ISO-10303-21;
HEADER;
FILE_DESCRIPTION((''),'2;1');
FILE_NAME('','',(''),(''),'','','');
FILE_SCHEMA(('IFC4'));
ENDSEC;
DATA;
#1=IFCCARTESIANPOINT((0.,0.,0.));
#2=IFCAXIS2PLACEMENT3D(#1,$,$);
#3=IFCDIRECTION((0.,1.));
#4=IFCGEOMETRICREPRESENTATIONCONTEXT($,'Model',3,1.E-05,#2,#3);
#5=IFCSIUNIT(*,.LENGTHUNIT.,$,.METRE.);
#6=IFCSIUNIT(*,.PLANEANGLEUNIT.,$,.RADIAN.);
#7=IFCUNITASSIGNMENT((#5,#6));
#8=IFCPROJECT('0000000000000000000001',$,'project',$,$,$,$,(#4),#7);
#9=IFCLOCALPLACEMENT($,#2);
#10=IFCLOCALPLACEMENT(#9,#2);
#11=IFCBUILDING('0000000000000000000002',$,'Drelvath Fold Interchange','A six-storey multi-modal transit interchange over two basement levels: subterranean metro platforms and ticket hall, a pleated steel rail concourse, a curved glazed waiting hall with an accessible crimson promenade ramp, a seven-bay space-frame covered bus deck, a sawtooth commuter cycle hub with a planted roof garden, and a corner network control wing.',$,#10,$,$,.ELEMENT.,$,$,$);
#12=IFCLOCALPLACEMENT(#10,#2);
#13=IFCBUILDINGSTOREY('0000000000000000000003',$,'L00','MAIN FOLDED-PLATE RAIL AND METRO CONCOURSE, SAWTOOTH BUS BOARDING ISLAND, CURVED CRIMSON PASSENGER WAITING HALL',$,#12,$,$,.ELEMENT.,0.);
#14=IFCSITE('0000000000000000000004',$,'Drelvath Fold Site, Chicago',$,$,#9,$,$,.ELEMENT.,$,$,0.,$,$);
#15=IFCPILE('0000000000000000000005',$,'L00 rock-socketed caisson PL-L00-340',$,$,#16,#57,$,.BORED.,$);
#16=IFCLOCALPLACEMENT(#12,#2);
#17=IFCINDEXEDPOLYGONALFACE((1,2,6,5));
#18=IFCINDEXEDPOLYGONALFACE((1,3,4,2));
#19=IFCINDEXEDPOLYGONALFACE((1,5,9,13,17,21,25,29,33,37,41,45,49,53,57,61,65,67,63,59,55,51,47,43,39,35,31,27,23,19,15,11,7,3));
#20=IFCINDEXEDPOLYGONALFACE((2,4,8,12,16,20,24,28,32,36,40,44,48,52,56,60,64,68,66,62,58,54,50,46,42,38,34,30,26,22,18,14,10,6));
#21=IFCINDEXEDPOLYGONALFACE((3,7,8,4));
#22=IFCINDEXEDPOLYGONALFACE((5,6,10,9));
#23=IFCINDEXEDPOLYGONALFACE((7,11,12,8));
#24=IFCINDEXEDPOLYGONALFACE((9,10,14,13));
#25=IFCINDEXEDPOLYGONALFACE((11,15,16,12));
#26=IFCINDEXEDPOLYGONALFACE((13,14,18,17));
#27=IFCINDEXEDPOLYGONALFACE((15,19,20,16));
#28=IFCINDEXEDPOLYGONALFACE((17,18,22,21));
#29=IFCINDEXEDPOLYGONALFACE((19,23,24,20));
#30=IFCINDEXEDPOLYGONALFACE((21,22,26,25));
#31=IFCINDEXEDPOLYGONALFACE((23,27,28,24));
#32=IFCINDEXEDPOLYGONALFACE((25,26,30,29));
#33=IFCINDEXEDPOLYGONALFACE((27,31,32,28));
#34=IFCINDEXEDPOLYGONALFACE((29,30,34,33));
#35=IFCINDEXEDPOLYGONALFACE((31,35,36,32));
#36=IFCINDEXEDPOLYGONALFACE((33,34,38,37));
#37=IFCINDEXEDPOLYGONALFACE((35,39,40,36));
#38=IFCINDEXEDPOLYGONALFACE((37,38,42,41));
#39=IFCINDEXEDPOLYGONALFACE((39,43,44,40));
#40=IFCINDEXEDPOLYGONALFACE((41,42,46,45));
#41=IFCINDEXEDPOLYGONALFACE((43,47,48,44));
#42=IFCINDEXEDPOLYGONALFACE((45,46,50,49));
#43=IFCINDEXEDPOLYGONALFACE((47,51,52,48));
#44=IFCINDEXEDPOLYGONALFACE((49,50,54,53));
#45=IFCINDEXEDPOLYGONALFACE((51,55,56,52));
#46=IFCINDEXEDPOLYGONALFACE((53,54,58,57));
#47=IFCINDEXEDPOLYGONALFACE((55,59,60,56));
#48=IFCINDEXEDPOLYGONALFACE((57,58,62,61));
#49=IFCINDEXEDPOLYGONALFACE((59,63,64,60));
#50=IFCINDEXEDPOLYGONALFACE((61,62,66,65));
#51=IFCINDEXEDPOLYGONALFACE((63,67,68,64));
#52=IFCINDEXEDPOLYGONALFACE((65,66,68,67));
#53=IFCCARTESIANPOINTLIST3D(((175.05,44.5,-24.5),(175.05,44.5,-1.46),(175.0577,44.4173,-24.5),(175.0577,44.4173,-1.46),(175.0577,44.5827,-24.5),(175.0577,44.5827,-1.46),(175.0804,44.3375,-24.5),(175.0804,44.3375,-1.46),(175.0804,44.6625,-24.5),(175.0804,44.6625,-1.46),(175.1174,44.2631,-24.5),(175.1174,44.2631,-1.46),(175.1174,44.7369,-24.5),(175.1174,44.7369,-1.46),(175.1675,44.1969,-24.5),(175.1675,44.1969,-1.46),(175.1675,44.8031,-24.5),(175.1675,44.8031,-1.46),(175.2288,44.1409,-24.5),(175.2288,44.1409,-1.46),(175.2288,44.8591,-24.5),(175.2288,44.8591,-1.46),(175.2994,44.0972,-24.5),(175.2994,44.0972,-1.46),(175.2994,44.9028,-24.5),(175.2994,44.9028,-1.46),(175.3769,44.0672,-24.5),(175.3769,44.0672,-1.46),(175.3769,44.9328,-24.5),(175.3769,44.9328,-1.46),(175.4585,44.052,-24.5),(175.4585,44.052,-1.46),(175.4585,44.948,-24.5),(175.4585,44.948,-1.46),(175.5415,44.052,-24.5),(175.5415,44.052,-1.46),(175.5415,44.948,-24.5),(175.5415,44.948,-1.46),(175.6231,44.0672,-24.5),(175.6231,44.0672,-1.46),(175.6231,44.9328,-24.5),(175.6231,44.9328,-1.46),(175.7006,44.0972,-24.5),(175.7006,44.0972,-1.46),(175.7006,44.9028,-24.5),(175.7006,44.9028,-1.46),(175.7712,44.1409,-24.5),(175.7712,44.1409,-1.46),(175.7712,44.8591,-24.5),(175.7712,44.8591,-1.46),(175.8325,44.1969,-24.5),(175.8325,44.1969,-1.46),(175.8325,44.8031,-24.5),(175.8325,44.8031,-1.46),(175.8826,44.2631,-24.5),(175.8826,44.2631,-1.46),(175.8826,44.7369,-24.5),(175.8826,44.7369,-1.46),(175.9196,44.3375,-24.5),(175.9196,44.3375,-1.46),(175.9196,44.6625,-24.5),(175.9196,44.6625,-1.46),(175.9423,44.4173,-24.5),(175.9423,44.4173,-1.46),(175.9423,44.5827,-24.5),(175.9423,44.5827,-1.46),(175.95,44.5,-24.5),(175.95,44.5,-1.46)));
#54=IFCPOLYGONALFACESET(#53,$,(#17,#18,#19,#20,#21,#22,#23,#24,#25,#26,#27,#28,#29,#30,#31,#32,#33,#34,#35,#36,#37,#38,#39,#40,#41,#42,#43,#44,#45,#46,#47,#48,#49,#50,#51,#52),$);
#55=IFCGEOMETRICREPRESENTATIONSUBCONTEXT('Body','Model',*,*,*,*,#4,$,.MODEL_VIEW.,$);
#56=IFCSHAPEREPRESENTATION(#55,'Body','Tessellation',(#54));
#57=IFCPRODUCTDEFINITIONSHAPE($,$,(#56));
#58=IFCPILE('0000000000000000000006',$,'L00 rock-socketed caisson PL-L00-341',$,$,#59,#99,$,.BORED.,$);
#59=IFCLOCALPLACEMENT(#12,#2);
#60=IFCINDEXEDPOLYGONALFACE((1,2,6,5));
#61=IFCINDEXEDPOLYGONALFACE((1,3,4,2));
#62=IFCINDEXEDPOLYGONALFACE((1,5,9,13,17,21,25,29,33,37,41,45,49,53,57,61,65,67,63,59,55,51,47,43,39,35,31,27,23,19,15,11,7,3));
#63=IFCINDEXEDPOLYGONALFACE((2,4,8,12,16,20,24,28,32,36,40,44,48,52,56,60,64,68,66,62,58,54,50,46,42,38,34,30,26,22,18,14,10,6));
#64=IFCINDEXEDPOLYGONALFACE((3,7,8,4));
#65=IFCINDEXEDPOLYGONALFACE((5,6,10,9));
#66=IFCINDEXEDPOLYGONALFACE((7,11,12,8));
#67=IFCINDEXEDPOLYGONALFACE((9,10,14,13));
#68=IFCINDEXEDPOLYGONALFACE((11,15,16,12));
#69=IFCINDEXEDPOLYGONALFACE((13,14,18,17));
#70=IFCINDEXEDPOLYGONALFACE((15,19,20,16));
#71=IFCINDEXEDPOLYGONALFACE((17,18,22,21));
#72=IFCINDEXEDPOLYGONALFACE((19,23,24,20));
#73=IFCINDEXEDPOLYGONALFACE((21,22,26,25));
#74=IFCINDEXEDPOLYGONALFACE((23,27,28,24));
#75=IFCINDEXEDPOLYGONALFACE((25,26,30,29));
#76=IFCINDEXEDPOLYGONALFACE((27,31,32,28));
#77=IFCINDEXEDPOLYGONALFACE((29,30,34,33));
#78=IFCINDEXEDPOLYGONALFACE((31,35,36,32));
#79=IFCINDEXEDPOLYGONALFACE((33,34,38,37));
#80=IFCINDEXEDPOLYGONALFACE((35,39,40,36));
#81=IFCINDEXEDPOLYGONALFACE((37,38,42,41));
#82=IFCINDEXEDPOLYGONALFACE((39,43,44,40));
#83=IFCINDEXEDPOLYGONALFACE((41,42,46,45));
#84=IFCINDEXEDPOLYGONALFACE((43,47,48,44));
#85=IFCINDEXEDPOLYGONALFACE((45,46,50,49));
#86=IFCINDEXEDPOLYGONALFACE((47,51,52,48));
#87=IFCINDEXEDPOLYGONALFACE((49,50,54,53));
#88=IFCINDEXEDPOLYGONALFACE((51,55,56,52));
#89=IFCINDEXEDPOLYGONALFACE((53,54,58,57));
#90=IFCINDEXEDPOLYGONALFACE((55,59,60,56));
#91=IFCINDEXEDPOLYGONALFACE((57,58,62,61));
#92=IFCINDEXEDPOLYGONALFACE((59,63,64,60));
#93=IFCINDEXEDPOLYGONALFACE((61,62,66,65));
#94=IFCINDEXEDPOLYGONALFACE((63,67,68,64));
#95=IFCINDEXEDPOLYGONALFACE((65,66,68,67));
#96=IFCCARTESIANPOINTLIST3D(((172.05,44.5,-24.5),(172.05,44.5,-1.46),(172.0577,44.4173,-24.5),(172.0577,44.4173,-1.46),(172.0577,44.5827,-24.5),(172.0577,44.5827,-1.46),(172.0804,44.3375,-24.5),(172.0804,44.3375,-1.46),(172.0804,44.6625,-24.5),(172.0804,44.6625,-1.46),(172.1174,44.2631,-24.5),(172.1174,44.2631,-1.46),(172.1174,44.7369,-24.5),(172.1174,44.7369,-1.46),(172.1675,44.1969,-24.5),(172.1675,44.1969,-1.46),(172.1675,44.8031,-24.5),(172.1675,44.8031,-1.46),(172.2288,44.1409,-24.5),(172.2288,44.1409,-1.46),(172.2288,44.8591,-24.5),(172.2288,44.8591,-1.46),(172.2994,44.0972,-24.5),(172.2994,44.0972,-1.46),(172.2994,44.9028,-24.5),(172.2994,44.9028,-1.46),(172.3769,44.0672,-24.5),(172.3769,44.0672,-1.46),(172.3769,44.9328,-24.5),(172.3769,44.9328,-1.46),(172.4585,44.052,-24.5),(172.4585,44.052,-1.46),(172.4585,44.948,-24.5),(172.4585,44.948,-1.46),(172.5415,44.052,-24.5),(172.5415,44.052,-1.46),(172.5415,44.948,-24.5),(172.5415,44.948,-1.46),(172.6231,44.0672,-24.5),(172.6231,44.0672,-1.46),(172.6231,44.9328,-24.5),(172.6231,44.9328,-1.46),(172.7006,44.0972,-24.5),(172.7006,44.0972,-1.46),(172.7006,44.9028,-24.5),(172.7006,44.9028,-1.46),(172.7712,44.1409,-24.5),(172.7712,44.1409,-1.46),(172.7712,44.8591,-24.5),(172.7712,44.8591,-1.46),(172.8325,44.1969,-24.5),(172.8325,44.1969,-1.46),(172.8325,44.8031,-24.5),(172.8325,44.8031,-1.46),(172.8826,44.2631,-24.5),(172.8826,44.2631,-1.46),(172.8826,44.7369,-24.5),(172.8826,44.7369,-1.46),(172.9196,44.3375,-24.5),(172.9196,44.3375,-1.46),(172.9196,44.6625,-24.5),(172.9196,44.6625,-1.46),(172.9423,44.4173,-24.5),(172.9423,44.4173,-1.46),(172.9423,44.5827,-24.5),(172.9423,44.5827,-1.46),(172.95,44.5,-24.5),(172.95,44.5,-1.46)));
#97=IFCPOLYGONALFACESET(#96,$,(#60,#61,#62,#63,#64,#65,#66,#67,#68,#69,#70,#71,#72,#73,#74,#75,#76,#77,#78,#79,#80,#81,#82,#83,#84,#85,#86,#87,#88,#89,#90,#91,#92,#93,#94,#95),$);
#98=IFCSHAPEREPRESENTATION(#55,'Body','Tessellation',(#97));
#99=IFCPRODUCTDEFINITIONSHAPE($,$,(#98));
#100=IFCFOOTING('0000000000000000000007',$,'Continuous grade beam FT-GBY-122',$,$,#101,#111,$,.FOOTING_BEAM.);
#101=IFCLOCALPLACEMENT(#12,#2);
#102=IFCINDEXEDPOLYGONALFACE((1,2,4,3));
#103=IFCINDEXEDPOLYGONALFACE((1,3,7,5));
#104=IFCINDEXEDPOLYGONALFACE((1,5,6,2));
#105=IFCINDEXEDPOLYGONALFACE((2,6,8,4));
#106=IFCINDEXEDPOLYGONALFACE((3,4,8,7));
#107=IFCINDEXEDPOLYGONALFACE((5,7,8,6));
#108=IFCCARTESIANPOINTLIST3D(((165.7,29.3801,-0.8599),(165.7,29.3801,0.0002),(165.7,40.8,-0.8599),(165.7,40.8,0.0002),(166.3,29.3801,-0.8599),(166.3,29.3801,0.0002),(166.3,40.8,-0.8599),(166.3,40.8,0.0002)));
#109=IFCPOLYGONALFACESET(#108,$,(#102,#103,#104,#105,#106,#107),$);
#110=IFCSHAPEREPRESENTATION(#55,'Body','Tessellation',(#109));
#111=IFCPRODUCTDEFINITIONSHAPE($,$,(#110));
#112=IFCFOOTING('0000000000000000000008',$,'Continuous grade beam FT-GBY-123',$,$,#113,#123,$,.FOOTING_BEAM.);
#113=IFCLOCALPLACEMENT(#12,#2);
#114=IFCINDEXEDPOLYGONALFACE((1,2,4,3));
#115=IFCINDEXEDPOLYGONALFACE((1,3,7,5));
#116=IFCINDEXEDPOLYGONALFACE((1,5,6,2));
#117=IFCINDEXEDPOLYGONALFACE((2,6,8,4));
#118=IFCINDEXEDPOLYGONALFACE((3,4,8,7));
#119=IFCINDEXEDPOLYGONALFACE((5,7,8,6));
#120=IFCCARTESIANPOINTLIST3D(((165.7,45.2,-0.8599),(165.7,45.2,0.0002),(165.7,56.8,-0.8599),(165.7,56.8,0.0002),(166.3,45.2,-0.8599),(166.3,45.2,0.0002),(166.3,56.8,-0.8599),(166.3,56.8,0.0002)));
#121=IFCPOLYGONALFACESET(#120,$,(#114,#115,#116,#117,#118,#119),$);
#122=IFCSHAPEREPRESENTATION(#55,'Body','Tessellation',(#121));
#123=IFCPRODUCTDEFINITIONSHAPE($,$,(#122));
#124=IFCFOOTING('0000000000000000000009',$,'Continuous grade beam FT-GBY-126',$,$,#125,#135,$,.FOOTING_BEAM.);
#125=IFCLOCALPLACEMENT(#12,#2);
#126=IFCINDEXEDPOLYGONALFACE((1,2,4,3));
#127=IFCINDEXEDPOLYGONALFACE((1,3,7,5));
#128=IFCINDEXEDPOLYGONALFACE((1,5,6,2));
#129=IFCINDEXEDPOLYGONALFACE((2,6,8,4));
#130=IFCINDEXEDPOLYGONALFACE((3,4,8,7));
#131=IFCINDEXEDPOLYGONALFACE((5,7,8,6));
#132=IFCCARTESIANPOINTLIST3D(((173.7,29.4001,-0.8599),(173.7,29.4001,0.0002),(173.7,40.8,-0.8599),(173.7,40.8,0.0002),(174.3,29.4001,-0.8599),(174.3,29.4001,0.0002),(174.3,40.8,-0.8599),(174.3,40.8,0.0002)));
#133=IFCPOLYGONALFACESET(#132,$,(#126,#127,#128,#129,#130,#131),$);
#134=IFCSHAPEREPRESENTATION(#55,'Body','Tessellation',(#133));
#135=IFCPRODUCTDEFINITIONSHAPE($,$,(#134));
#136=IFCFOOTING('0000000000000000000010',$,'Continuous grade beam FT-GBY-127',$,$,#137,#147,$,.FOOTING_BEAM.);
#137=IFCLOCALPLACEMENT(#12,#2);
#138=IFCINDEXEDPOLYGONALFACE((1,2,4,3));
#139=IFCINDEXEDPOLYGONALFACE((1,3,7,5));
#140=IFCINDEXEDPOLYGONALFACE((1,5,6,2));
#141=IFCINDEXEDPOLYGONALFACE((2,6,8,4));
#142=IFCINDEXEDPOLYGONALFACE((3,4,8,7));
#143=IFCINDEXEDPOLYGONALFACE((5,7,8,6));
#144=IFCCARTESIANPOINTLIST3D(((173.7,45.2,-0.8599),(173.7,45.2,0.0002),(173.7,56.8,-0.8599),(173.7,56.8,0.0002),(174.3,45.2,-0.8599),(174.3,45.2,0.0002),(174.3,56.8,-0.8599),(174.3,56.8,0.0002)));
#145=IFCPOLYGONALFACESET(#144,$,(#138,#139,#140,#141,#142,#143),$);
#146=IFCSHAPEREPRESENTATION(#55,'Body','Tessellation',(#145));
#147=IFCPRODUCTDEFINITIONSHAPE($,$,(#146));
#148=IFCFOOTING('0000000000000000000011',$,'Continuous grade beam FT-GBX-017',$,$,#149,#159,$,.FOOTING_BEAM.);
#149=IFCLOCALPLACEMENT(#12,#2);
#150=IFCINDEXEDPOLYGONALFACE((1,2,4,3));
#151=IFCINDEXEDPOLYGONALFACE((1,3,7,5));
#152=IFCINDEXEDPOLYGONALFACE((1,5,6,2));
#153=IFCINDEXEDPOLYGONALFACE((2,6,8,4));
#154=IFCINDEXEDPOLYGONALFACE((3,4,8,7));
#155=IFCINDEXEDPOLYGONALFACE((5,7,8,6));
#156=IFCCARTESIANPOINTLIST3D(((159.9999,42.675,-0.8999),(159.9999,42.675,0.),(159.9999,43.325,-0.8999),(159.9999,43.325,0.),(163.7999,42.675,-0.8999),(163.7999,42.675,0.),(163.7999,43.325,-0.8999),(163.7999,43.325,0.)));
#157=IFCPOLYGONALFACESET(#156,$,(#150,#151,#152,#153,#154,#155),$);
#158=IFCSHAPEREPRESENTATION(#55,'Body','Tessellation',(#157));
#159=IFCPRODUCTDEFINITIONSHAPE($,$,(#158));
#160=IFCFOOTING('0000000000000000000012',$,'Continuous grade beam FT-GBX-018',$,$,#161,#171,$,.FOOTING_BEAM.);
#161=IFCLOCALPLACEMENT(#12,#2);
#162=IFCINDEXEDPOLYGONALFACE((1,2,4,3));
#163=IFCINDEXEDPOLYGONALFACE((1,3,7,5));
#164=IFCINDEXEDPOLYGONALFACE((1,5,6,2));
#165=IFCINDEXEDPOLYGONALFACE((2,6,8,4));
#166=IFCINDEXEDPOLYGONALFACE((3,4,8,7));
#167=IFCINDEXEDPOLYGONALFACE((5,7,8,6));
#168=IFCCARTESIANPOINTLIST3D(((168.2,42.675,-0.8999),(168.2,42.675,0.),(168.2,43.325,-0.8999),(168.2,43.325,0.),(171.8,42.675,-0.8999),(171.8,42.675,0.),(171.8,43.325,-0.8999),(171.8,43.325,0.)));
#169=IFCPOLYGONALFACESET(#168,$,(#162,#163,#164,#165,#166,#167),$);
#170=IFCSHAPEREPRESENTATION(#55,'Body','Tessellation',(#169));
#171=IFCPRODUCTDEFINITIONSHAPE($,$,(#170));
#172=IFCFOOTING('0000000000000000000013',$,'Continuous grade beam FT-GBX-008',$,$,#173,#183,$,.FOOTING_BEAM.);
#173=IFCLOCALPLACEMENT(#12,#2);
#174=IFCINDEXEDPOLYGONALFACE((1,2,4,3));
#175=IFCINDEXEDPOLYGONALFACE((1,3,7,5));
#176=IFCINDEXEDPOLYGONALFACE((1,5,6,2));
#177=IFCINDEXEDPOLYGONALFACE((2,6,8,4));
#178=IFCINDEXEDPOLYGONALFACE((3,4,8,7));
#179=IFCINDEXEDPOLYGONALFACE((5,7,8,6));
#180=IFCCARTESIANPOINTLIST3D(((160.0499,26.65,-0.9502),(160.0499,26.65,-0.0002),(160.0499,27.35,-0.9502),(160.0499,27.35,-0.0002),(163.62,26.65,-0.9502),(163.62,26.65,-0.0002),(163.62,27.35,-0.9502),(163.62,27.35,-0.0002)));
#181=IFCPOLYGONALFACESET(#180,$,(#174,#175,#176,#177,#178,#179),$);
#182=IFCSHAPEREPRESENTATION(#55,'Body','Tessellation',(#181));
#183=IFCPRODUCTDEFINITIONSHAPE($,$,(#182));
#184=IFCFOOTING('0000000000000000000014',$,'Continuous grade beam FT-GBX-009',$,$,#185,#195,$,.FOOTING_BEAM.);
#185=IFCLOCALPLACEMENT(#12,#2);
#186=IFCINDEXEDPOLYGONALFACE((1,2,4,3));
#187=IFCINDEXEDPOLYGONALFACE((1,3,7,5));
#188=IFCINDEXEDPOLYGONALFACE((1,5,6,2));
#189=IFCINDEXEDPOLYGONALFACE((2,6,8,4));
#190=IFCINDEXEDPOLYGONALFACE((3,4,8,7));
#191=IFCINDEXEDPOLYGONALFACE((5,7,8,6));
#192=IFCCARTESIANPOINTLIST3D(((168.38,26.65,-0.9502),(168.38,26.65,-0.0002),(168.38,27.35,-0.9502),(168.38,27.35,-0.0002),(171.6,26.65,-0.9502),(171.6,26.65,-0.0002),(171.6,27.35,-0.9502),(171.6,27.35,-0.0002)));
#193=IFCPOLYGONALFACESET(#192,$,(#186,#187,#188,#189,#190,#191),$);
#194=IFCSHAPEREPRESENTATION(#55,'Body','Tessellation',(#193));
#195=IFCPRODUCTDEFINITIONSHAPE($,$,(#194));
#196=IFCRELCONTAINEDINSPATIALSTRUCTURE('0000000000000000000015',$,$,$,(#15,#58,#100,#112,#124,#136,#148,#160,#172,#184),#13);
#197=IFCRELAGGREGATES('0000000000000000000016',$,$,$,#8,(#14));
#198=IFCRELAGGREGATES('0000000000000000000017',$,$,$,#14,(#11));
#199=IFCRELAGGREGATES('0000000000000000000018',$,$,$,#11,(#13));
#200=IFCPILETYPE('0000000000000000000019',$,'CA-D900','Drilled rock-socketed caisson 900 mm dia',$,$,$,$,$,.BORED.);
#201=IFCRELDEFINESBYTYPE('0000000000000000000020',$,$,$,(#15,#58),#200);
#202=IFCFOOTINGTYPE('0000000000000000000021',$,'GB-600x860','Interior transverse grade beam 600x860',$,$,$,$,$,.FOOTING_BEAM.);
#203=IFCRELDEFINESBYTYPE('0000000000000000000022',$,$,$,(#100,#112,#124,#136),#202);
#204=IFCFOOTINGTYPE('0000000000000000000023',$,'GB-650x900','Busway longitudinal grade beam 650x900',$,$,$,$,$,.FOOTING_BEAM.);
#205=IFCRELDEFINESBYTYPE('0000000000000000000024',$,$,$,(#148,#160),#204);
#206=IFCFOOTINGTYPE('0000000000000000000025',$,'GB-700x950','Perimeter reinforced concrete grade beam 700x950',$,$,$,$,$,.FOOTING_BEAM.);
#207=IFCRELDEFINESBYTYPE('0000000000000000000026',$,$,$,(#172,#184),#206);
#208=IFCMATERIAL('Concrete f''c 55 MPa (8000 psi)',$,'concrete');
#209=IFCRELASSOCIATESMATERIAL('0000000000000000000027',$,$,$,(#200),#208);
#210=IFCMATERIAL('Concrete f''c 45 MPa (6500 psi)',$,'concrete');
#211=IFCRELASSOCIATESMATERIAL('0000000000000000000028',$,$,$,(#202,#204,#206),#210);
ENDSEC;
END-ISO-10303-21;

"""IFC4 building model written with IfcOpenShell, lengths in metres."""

from ifc_helpers import new_model, si_unit, direction, frame, origin, origin_2d, place, context, subcontext, project, spatial, rectangle, circle, extrude, material, material_profile, profile_set, type_object, element, save


model = new_model("IFC4")

# Units and contexts
model_context = context("Model", 3, precision=1e-05, world=origin(), true_north=direction((0.0, 1.0)))
body_context = subcontext(model_context, "Body", "Model", "MODEL_VIEW")
ifc_project = project(units=[si_unit("LENGTHUNIT", "METRE"), si_unit("PLANEANGLEUNIT", "RADIAN")], contexts=[model_context])

# Site, building, storey
site_placement = place(None, origin())
site = spatial("IfcSite", under=ifc_project, at=site_placement, Name="Drelvath Fold Site, Chicago", CompositionType="ELEMENT", RefElevation=0.0)
building_placement = place(site_placement, origin())
building = spatial("IfcBuilding", under=site, at=building_placement, Name="Drelvath Fold Interchange", Description="A six-storey multi-modal transit interchange over two basement levels: subterranean metro platforms and ticket hall, a pleated steel rail concourse, a curved glazed waiting hall with an accessible crimson promenade ramp, a seven-bay space-frame covered bus deck, a sawtooth commuter cycle hub with a planted roof garden, and a corner network control wing.", CompositionType="ELEMENT")
storey_placement = place(building_placement, origin())
storey = spatial("IfcBuildingStorey", under=building, at=storey_placement, Name="L00", Description="MAIN FOLDED-PLATE RAIL AND METRO CONCOURSE, SAWTOOTH BUS BOARDING ISLAND, CURVED CRIMSON PASSENGER WAITING HALL", CompositionType="ELEMENT", Elevation=0.0)

# Piles
ifc_material_1 = material(Name="Concrete f'c 55 MPa (8000 psi)", Category="concrete")
ifc_material_profile_1 = material_profile(ifc_material_1, circle(Radius=0.45, at=origin_2d()), Name="CAISSON D900")
ifc_profile_set_1 = profile_set([ifc_material_profile_1], Name="Concrete f'c 55 MPa (8000 psi)")
pile_type_1 = type_object("IfcPileType", Name="CA-D900", Description="Drilled rock-socketed caisson 900 mm dia", PredefinedType="BORED", material=ifc_profile_set_1)
for number, where, z_axis, x_axis, name in (
    (1, (175.5, 44.5, -1.46), (0.0, 0.0, -1.0), (1.0, 0.0, 0.0), "L00 rock-socketed caisson PL-L00-340"),
    (2, (172.5, 44.5, -1.46), (0.0, 0.0, -1.0), (1.0, 0.0, 0.0), "L00 rock-socketed caisson PL-L00-341"),
):
    element("IfcPile", number, at=place(storey_placement, frame(where, z_axis=z_axis, x_axis=x_axis)), inside=storey, type_object=pile_type_1, Name=name, PredefinedType="BORED", context=body_context, shape_type="SweptSolid", body=[
        extrude(circle(Radius=0.45, at=origin_2d()), origin(), (0.0, 0.0, 1.0), 23.04),
    ])

# Footings
ifc_material_2 = material(Name="Concrete f'c 45 MPa (6500 psi)", Category="concrete")
footing_type_1 = type_object("IfcFootingType", Name="GB-600x860", Description="Interior transverse grade beam 600x860", PredefinedType="FOOTING_BEAM", material=ifc_material_2)
footing_1_placement = place(storey_placement, frame((166.0, 35.0901, -0.8599), z_axis=(0.0, 0.0, 1.0), x_axis=(1.0, 0.0, 0.0)))
element("IfcFooting", 3, at=footing_1_placement, inside=storey, type_object=footing_type_1, Name="Continuous grade beam FT-GBY-122", PredefinedType="FOOTING_BEAM", context=body_context, shape_type="SweptSolid", body=[
    extrude(rectangle(XDim=0.6001, YDim=11.4199, at=origin_2d()), origin(), (0.0, 0.0, 1.0), 0.8601),
])
footing_2_placement = place(storey_placement, frame((166.0, 51.0, -0.8599), z_axis=(0.0, 0.0, 1.0), x_axis=(1.0, 0.0, 0.0)))
element("IfcFooting", 4, at=footing_2_placement, inside=storey, type_object=footing_type_1, Name="Continuous grade beam FT-GBY-123", PredefinedType="FOOTING_BEAM", context=body_context, shape_type="SweptSolid", body=[
    extrude(rectangle(XDim=0.6001, YDim=11.6001, at=origin_2d()), origin(), (0.0, 0.0, 1.0), 0.8601),
])
footing_3_placement = place(storey_placement, frame((174.0, 35.1001, -0.8599), z_axis=(0.0, 0.0, 1.0), x_axis=(1.0, 0.0, 0.0)))
element("IfcFooting", 5, at=footing_3_placement, inside=storey, type_object=footing_type_1, Name="Continuous grade beam FT-GBY-126", PredefinedType="FOOTING_BEAM", context=body_context, shape_type="SweptSolid", body=[
    extrude(rectangle(XDim=0.6001, YDim=11.3999, at=origin_2d()), origin(), (0.0, 0.0, 1.0), 0.8601),
])
footing_4_placement = place(storey_placement, frame((174.0, 51.0, -0.8599), z_axis=(0.0, 0.0, 1.0), x_axis=(1.0, 0.0, 0.0)))
element("IfcFooting", 6, at=footing_4_placement, inside=storey, type_object=footing_type_1, Name="Continuous grade beam FT-GBY-127", PredefinedType="FOOTING_BEAM", context=body_context, shape_type="SweptSolid", body=[
    extrude(rectangle(XDim=0.6001, YDim=11.6001, at=origin_2d()), origin(), (0.0, 0.0, 1.0), 0.8601),
])
footing_type_2 = type_object("IfcFootingType", Name="GB-650x900", Description="Busway longitudinal grade beam 650x900", PredefinedType="FOOTING_BEAM", material=ifc_material_2)
footing_5_placement = place(storey_placement, frame((161.8999, 43.0, -0.8999), z_axis=(0.0, 0.0, 1.0), x_axis=(1.0, 0.0, 0.0)))
element("IfcFooting", 7, at=footing_5_placement, inside=storey, type_object=footing_type_2, Name="Continuous grade beam FT-GBX-017", PredefinedType="FOOTING_BEAM", context=body_context, shape_type="SweptSolid", body=[
    extrude(rectangle(XDim=3.8, YDim=0.6499, at=origin_2d()), origin(), (0.0, 0.0, 1.0), 0.8999),
])
footing_6_placement = place(storey_placement, frame((170.0, 43.0, -0.8999), z_axis=(0.0, 0.0, 1.0), x_axis=(1.0, 0.0, 0.0)))
element("IfcFooting", 8, at=footing_6_placement, inside=storey, type_object=footing_type_2, Name="Continuous grade beam FT-GBX-018", PredefinedType="FOOTING_BEAM", context=body_context, shape_type="SweptSolid", body=[
    extrude(rectangle(XDim=3.6001, YDim=0.6499, at=origin_2d()), origin(), (0.0, 0.0, 1.0), 0.8999),
])
footing_type_3 = type_object("IfcFootingType", Name="GB-700x950", Description="Perimeter reinforced concrete grade beam 700x950", PredefinedType="FOOTING_BEAM", material=ifc_material_2)
footing_7_placement = place(storey_placement, frame((161.835, 27.0, -0.9502), z_axis=(0.0, 0.0, 1.0), x_axis=(1.0, 0.0, 0.0)))
element("IfcFooting", 9, at=footing_7_placement, inside=storey, type_object=footing_type_3, Name="Continuous grade beam FT-GBX-008", PredefinedType="FOOTING_BEAM", context=body_context, shape_type="SweptSolid", body=[
    extrude(rectangle(XDim=3.5701, YDim=0.7, at=origin_2d()), origin(), (0.0, 0.0, 1.0), 0.95),
])
footing_8_placement = place(storey_placement, frame((169.99, 27.0, -0.9502), z_axis=(0.0, 0.0, 1.0), x_axis=(1.0, 0.0, 0.0)))
element("IfcFooting", 10, at=footing_8_placement, inside=storey, type_object=footing_type_3, Name="Continuous grade beam FT-GBX-009", PredefinedType="FOOTING_BEAM", context=body_context, shape_type="SweptSolid", body=[
    extrude(rectangle(XDim=3.22, YDim=0.7, at=origin_2d()), origin(), (0.0, 0.0, 1.0), 0.95),
])

save(model, "model.ifc")
